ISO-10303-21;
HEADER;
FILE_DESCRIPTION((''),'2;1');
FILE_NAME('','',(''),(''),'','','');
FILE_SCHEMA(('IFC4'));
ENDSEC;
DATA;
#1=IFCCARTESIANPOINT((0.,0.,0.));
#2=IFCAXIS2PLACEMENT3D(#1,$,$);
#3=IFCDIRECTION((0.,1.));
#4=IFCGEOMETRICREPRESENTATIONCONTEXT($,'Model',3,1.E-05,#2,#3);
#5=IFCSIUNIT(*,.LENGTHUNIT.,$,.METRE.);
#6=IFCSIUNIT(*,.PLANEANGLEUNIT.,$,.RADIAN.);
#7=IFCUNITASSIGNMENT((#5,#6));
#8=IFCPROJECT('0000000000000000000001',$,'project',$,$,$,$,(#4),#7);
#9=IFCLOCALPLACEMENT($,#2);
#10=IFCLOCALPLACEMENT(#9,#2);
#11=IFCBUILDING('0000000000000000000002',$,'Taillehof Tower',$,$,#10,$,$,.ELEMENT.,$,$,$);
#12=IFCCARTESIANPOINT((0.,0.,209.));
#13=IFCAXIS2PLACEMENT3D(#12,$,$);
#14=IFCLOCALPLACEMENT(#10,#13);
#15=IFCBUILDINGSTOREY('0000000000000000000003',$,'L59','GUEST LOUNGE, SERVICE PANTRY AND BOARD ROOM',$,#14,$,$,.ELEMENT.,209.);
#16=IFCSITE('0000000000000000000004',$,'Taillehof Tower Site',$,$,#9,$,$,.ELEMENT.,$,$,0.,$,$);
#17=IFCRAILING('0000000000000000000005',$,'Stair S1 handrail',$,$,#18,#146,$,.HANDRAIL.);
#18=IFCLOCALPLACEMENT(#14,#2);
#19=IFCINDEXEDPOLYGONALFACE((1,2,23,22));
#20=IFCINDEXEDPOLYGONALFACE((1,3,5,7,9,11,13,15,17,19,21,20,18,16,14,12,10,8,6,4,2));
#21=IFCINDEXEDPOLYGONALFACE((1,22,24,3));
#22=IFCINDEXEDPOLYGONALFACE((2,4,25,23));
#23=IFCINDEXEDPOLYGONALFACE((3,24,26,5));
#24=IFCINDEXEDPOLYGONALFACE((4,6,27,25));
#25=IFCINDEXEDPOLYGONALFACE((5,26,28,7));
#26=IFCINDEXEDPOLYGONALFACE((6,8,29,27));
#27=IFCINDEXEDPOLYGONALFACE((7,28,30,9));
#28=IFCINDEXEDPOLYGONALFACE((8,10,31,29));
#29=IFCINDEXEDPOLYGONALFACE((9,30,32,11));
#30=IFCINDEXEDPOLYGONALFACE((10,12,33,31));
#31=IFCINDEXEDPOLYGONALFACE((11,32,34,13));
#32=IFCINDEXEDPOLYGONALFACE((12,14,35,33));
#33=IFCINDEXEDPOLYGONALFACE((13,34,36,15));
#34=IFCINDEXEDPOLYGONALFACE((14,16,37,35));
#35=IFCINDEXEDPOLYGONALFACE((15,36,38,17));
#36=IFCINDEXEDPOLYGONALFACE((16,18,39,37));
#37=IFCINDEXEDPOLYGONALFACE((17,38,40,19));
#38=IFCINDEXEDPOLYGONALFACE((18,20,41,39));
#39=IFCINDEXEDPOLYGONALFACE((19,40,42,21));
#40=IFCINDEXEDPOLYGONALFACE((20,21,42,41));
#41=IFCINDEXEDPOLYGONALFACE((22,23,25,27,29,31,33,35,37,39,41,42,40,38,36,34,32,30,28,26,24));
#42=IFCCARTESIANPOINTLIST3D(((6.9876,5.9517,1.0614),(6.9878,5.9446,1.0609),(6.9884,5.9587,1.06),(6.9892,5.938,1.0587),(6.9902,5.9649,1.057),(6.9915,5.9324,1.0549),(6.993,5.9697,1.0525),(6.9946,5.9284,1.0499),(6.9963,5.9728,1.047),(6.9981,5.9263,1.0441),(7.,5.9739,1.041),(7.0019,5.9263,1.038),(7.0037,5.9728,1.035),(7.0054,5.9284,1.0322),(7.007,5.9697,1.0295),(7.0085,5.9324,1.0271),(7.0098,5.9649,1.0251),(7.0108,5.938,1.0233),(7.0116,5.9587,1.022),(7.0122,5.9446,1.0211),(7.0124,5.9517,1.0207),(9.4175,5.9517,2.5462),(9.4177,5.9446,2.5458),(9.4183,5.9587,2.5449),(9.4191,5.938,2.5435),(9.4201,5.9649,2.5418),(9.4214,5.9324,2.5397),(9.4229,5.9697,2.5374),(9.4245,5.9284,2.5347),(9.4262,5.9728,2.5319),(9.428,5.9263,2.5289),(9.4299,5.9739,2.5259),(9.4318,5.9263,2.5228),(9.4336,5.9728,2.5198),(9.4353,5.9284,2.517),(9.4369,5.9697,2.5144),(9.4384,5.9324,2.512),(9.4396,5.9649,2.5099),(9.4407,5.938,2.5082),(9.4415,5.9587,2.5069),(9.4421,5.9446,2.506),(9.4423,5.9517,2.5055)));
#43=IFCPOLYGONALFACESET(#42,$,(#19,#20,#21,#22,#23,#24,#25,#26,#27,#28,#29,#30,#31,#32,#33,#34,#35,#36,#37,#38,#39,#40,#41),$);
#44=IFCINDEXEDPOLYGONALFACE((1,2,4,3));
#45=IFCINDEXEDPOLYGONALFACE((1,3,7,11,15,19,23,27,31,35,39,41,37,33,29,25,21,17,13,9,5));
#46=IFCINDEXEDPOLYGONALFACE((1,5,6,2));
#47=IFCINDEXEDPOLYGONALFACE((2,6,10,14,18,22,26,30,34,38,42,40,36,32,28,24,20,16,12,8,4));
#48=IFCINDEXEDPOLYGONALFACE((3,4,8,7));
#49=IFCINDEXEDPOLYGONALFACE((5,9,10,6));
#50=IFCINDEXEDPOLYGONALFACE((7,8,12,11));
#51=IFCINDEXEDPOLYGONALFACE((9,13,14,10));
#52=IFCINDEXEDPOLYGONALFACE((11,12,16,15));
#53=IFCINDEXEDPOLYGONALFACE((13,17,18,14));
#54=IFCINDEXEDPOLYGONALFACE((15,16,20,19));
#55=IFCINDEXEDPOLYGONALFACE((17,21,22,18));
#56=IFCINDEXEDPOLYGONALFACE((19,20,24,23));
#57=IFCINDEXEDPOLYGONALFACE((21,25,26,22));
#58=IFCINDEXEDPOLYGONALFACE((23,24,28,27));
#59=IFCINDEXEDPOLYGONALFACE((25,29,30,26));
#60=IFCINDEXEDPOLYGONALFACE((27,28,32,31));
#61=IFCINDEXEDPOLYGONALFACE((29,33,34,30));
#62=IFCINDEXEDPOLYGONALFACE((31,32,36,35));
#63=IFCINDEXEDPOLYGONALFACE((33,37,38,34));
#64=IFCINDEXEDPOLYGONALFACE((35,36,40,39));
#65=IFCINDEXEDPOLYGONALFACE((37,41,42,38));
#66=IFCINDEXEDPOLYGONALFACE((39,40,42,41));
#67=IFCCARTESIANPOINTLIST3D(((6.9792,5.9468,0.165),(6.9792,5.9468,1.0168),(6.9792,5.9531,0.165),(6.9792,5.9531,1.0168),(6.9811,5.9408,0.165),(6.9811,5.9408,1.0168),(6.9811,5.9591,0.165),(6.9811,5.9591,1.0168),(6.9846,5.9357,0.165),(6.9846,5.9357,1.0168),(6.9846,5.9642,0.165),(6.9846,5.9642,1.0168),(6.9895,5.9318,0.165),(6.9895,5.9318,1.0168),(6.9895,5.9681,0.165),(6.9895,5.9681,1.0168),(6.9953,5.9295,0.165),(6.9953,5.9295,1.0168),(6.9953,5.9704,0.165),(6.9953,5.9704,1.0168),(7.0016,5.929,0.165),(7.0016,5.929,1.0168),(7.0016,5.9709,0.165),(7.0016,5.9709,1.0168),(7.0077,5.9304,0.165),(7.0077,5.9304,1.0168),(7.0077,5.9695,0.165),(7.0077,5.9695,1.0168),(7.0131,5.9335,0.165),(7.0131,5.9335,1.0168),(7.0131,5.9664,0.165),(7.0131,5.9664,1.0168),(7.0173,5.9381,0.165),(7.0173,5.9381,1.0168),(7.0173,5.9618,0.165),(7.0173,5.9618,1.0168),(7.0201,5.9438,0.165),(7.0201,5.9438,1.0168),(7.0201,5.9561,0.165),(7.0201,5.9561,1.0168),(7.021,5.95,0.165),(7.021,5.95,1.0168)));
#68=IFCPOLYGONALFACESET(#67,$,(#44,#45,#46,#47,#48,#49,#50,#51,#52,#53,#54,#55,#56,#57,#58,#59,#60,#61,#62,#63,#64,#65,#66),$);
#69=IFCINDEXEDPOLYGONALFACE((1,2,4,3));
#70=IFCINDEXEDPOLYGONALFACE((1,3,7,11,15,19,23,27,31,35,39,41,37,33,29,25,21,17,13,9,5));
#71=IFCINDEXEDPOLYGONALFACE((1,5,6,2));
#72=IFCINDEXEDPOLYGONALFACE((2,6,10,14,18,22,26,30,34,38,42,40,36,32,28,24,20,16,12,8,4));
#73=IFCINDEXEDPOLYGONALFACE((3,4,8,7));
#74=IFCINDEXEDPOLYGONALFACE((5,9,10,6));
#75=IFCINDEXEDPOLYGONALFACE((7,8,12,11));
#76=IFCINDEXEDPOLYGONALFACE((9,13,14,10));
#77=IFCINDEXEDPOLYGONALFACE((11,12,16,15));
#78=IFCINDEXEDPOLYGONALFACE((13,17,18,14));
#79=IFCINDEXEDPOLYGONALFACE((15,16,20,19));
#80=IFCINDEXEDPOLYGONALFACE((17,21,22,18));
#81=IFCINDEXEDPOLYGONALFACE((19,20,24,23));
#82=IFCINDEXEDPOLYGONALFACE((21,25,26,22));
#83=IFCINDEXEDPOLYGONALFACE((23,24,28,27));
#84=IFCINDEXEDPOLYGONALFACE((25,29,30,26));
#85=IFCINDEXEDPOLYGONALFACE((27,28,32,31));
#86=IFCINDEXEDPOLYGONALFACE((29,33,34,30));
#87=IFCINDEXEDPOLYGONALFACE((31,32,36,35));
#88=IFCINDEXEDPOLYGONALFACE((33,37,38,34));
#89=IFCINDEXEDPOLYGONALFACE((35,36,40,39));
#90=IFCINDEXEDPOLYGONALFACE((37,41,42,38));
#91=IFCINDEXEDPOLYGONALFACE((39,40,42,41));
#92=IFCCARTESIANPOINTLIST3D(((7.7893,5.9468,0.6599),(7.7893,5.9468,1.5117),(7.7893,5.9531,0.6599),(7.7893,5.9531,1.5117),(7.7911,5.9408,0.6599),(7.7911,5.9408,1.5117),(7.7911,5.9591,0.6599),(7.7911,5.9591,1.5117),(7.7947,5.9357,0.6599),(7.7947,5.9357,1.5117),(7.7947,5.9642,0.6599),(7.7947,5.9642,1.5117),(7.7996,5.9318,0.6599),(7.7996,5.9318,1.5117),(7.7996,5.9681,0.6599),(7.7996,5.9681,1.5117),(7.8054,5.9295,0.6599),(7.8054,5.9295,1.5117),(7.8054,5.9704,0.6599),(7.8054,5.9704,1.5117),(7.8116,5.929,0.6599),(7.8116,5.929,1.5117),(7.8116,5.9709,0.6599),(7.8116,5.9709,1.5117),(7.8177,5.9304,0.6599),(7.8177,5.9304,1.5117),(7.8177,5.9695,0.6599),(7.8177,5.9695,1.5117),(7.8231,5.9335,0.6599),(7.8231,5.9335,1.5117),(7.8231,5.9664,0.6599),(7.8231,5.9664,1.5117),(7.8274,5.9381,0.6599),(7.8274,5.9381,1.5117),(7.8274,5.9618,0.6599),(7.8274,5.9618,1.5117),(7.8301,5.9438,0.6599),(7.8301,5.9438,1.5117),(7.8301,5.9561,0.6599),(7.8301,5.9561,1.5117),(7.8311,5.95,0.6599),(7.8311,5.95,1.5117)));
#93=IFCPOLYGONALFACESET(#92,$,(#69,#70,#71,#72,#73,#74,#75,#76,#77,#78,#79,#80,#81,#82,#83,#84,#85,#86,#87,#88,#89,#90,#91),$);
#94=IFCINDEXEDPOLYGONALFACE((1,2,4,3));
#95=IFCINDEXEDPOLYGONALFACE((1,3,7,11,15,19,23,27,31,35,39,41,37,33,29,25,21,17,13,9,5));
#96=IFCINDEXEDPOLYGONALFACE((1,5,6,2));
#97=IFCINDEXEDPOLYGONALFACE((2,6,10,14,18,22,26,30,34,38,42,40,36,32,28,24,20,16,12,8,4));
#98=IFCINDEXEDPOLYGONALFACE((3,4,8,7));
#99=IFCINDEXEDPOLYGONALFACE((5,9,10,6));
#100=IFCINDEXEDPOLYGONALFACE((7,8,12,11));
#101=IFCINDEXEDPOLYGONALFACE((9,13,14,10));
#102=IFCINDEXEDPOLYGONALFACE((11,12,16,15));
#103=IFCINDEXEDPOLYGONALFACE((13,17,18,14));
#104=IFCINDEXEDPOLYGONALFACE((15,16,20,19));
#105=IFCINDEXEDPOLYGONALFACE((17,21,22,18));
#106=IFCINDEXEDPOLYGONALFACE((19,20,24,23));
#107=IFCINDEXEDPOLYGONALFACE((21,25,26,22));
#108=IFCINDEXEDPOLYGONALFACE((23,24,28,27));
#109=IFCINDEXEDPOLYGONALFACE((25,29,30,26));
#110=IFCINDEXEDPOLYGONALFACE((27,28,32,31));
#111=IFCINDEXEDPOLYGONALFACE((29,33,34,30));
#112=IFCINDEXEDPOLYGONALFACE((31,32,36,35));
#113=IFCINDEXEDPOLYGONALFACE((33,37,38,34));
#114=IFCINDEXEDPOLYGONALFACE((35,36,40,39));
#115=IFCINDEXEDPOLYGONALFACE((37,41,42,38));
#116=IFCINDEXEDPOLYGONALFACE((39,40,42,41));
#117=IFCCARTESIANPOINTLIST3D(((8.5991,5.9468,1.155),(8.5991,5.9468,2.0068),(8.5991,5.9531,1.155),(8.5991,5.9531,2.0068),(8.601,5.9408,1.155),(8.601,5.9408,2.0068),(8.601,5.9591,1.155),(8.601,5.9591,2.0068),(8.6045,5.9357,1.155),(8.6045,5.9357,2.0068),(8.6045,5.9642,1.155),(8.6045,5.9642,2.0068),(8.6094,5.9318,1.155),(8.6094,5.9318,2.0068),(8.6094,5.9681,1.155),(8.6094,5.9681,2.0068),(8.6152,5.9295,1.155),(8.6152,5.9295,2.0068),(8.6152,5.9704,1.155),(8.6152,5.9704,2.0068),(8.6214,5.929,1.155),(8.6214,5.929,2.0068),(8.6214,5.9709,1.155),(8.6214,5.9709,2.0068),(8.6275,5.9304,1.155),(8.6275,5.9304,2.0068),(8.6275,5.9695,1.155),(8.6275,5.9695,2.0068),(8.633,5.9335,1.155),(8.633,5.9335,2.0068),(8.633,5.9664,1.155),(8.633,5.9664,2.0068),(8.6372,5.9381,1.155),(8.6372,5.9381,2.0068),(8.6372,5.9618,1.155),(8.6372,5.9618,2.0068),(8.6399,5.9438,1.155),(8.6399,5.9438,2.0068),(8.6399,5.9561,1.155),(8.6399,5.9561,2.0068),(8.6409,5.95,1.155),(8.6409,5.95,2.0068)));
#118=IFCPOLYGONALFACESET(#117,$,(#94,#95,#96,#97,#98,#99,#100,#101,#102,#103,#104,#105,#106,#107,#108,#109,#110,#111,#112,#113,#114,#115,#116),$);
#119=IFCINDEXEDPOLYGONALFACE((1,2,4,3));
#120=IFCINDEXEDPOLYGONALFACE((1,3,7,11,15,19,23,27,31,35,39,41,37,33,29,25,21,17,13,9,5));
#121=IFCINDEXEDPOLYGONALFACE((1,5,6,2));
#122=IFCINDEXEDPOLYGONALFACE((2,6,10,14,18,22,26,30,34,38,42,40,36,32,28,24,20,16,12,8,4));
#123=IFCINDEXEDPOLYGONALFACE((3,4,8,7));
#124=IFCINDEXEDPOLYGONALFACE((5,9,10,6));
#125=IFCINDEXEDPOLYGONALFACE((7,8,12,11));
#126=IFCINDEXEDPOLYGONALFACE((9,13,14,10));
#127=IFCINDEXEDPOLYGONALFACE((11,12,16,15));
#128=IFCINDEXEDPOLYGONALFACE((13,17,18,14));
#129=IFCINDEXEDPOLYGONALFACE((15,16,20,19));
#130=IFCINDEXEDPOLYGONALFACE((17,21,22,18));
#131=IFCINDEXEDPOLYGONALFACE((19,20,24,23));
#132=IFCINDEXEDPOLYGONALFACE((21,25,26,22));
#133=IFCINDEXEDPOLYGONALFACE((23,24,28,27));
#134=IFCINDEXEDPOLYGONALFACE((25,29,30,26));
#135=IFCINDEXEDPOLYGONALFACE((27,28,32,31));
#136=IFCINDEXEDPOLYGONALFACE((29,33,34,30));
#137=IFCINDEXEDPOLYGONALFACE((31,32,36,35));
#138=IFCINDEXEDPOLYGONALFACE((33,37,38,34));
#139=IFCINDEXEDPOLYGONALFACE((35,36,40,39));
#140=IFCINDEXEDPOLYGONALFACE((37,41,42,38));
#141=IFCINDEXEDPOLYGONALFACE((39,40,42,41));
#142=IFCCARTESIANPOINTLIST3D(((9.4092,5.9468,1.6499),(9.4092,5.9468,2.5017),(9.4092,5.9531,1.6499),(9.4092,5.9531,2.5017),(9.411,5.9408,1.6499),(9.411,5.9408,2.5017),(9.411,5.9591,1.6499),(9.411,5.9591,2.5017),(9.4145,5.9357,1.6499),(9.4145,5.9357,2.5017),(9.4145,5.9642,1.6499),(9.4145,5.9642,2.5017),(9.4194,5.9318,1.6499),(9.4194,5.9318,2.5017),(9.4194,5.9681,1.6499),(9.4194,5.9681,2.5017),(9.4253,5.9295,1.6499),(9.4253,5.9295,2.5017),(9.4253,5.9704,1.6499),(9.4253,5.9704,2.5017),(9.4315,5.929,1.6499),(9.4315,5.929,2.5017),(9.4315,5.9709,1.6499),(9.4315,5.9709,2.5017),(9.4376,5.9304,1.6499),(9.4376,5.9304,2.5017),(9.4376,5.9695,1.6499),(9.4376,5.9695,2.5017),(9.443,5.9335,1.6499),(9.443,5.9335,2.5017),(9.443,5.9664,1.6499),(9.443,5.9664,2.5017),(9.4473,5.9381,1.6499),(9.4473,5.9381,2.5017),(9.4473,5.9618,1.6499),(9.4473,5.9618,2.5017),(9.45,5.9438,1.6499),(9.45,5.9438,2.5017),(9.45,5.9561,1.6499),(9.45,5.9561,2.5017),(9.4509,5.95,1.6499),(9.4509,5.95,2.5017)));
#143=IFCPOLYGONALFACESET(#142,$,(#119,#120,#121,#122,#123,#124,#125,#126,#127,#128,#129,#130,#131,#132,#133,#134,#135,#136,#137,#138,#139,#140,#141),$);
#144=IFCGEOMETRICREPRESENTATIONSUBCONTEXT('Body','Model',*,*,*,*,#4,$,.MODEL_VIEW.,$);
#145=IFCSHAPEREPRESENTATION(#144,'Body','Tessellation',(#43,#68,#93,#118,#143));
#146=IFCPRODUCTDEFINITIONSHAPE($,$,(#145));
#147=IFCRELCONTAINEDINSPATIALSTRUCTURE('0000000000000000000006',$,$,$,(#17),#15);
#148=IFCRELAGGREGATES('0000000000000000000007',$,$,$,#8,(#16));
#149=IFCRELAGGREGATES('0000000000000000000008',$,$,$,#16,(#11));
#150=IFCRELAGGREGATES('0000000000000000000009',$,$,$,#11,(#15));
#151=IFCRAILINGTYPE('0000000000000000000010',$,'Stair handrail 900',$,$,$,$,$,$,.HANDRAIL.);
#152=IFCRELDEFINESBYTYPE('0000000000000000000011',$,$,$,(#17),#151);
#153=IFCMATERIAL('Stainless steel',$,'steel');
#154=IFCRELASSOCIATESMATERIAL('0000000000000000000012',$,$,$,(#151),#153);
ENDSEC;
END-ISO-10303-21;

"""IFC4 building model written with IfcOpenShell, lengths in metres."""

from ifc_helpers import new_model, si_unit, direction, frame, origin, origin_2d, place, context, subcontext, project, spatial, circle, extrude, material, type_object, element, save


model = new_model("IFC4")

# Units and contexts
model_context = context("Model", 3, precision=1e-05, world=origin(), true_north=direction((0.0, 1.0)))
body_context = subcontext(model_context, "Body", "Model", "MODEL_VIEW")
ifc_project = project(units=[si_unit("LENGTHUNIT", "METRE"), si_unit("PLANEANGLEUNIT", "RADIAN")], contexts=[model_context])

# Site, building, storey
site_placement = place(None, origin())
site = spatial("IfcSite", under=ifc_project, at=site_placement, Name="Taillehof Tower Site", CompositionType="ELEMENT", RefElevation=0.0)
building_placement = place(site_placement, origin())
building = spatial("IfcBuilding", under=site, at=building_placement, Name="Taillehof Tower", CompositionType="ELEMENT")
storey_placement = place(building_placement, frame((0.0, 0.0, 209.0)))
storey = spatial("IfcBuildingStorey", under=building, at=storey_placement, Name="L59", Description="GUEST LOUNGE, SERVICE PANTRY AND BOARD ROOM", CompositionType="ELEMENT", Elevation=209.0)

# Railing
ifc_material_1 = material(Name="Stainless steel", Category="steel")
railing_type = type_object("IfcRailingType", Name="Stair handrail 900", PredefinedType="HANDRAIL", material=ifc_material_1)
railing_placement = place(storey_placement, frame((7.0, 5.95, 0.165)))
element("IfcRailing", 1, at=railing_placement, inside=storey, type_object=railing_type, Name="Stair S1 handrail", PredefinedType="HANDRAIL", context=body_context, shape_type="SweptSolid", body=[
    extrude(circle(Radius=0.0239, at=origin_2d()), frame((0.0, 0.0, 0.876), z_axis=(0.853297, 0.0, 0.521426), x_axis=(0.0, 1.0, 0.0)), (0.0, 0.0, 1.0), 2.8477),
    extrude(circle(Radius=0.021, at=origin_2d()), origin(), (0.0, 0.0, 1.0), 0.8518),
    extrude(circle(Radius=0.021, at=origin_2d()), frame((0.8101, 0.0, 0.4949)), (0.0, 0.0, 1.0), 0.8518),
    extrude(circle(Radius=0.021, at=origin_2d()), frame((1.6199, 0.0, 0.99)), (0.0, 0.0, 1.0), 0.8518),
    extrude(circle(Radius=0.021, at=origin_2d()), frame((2.4299, 0.0, 1.4849)), (0.0, 0.0, 1.0), 0.8518),
])

save(model, "model.ifc")
